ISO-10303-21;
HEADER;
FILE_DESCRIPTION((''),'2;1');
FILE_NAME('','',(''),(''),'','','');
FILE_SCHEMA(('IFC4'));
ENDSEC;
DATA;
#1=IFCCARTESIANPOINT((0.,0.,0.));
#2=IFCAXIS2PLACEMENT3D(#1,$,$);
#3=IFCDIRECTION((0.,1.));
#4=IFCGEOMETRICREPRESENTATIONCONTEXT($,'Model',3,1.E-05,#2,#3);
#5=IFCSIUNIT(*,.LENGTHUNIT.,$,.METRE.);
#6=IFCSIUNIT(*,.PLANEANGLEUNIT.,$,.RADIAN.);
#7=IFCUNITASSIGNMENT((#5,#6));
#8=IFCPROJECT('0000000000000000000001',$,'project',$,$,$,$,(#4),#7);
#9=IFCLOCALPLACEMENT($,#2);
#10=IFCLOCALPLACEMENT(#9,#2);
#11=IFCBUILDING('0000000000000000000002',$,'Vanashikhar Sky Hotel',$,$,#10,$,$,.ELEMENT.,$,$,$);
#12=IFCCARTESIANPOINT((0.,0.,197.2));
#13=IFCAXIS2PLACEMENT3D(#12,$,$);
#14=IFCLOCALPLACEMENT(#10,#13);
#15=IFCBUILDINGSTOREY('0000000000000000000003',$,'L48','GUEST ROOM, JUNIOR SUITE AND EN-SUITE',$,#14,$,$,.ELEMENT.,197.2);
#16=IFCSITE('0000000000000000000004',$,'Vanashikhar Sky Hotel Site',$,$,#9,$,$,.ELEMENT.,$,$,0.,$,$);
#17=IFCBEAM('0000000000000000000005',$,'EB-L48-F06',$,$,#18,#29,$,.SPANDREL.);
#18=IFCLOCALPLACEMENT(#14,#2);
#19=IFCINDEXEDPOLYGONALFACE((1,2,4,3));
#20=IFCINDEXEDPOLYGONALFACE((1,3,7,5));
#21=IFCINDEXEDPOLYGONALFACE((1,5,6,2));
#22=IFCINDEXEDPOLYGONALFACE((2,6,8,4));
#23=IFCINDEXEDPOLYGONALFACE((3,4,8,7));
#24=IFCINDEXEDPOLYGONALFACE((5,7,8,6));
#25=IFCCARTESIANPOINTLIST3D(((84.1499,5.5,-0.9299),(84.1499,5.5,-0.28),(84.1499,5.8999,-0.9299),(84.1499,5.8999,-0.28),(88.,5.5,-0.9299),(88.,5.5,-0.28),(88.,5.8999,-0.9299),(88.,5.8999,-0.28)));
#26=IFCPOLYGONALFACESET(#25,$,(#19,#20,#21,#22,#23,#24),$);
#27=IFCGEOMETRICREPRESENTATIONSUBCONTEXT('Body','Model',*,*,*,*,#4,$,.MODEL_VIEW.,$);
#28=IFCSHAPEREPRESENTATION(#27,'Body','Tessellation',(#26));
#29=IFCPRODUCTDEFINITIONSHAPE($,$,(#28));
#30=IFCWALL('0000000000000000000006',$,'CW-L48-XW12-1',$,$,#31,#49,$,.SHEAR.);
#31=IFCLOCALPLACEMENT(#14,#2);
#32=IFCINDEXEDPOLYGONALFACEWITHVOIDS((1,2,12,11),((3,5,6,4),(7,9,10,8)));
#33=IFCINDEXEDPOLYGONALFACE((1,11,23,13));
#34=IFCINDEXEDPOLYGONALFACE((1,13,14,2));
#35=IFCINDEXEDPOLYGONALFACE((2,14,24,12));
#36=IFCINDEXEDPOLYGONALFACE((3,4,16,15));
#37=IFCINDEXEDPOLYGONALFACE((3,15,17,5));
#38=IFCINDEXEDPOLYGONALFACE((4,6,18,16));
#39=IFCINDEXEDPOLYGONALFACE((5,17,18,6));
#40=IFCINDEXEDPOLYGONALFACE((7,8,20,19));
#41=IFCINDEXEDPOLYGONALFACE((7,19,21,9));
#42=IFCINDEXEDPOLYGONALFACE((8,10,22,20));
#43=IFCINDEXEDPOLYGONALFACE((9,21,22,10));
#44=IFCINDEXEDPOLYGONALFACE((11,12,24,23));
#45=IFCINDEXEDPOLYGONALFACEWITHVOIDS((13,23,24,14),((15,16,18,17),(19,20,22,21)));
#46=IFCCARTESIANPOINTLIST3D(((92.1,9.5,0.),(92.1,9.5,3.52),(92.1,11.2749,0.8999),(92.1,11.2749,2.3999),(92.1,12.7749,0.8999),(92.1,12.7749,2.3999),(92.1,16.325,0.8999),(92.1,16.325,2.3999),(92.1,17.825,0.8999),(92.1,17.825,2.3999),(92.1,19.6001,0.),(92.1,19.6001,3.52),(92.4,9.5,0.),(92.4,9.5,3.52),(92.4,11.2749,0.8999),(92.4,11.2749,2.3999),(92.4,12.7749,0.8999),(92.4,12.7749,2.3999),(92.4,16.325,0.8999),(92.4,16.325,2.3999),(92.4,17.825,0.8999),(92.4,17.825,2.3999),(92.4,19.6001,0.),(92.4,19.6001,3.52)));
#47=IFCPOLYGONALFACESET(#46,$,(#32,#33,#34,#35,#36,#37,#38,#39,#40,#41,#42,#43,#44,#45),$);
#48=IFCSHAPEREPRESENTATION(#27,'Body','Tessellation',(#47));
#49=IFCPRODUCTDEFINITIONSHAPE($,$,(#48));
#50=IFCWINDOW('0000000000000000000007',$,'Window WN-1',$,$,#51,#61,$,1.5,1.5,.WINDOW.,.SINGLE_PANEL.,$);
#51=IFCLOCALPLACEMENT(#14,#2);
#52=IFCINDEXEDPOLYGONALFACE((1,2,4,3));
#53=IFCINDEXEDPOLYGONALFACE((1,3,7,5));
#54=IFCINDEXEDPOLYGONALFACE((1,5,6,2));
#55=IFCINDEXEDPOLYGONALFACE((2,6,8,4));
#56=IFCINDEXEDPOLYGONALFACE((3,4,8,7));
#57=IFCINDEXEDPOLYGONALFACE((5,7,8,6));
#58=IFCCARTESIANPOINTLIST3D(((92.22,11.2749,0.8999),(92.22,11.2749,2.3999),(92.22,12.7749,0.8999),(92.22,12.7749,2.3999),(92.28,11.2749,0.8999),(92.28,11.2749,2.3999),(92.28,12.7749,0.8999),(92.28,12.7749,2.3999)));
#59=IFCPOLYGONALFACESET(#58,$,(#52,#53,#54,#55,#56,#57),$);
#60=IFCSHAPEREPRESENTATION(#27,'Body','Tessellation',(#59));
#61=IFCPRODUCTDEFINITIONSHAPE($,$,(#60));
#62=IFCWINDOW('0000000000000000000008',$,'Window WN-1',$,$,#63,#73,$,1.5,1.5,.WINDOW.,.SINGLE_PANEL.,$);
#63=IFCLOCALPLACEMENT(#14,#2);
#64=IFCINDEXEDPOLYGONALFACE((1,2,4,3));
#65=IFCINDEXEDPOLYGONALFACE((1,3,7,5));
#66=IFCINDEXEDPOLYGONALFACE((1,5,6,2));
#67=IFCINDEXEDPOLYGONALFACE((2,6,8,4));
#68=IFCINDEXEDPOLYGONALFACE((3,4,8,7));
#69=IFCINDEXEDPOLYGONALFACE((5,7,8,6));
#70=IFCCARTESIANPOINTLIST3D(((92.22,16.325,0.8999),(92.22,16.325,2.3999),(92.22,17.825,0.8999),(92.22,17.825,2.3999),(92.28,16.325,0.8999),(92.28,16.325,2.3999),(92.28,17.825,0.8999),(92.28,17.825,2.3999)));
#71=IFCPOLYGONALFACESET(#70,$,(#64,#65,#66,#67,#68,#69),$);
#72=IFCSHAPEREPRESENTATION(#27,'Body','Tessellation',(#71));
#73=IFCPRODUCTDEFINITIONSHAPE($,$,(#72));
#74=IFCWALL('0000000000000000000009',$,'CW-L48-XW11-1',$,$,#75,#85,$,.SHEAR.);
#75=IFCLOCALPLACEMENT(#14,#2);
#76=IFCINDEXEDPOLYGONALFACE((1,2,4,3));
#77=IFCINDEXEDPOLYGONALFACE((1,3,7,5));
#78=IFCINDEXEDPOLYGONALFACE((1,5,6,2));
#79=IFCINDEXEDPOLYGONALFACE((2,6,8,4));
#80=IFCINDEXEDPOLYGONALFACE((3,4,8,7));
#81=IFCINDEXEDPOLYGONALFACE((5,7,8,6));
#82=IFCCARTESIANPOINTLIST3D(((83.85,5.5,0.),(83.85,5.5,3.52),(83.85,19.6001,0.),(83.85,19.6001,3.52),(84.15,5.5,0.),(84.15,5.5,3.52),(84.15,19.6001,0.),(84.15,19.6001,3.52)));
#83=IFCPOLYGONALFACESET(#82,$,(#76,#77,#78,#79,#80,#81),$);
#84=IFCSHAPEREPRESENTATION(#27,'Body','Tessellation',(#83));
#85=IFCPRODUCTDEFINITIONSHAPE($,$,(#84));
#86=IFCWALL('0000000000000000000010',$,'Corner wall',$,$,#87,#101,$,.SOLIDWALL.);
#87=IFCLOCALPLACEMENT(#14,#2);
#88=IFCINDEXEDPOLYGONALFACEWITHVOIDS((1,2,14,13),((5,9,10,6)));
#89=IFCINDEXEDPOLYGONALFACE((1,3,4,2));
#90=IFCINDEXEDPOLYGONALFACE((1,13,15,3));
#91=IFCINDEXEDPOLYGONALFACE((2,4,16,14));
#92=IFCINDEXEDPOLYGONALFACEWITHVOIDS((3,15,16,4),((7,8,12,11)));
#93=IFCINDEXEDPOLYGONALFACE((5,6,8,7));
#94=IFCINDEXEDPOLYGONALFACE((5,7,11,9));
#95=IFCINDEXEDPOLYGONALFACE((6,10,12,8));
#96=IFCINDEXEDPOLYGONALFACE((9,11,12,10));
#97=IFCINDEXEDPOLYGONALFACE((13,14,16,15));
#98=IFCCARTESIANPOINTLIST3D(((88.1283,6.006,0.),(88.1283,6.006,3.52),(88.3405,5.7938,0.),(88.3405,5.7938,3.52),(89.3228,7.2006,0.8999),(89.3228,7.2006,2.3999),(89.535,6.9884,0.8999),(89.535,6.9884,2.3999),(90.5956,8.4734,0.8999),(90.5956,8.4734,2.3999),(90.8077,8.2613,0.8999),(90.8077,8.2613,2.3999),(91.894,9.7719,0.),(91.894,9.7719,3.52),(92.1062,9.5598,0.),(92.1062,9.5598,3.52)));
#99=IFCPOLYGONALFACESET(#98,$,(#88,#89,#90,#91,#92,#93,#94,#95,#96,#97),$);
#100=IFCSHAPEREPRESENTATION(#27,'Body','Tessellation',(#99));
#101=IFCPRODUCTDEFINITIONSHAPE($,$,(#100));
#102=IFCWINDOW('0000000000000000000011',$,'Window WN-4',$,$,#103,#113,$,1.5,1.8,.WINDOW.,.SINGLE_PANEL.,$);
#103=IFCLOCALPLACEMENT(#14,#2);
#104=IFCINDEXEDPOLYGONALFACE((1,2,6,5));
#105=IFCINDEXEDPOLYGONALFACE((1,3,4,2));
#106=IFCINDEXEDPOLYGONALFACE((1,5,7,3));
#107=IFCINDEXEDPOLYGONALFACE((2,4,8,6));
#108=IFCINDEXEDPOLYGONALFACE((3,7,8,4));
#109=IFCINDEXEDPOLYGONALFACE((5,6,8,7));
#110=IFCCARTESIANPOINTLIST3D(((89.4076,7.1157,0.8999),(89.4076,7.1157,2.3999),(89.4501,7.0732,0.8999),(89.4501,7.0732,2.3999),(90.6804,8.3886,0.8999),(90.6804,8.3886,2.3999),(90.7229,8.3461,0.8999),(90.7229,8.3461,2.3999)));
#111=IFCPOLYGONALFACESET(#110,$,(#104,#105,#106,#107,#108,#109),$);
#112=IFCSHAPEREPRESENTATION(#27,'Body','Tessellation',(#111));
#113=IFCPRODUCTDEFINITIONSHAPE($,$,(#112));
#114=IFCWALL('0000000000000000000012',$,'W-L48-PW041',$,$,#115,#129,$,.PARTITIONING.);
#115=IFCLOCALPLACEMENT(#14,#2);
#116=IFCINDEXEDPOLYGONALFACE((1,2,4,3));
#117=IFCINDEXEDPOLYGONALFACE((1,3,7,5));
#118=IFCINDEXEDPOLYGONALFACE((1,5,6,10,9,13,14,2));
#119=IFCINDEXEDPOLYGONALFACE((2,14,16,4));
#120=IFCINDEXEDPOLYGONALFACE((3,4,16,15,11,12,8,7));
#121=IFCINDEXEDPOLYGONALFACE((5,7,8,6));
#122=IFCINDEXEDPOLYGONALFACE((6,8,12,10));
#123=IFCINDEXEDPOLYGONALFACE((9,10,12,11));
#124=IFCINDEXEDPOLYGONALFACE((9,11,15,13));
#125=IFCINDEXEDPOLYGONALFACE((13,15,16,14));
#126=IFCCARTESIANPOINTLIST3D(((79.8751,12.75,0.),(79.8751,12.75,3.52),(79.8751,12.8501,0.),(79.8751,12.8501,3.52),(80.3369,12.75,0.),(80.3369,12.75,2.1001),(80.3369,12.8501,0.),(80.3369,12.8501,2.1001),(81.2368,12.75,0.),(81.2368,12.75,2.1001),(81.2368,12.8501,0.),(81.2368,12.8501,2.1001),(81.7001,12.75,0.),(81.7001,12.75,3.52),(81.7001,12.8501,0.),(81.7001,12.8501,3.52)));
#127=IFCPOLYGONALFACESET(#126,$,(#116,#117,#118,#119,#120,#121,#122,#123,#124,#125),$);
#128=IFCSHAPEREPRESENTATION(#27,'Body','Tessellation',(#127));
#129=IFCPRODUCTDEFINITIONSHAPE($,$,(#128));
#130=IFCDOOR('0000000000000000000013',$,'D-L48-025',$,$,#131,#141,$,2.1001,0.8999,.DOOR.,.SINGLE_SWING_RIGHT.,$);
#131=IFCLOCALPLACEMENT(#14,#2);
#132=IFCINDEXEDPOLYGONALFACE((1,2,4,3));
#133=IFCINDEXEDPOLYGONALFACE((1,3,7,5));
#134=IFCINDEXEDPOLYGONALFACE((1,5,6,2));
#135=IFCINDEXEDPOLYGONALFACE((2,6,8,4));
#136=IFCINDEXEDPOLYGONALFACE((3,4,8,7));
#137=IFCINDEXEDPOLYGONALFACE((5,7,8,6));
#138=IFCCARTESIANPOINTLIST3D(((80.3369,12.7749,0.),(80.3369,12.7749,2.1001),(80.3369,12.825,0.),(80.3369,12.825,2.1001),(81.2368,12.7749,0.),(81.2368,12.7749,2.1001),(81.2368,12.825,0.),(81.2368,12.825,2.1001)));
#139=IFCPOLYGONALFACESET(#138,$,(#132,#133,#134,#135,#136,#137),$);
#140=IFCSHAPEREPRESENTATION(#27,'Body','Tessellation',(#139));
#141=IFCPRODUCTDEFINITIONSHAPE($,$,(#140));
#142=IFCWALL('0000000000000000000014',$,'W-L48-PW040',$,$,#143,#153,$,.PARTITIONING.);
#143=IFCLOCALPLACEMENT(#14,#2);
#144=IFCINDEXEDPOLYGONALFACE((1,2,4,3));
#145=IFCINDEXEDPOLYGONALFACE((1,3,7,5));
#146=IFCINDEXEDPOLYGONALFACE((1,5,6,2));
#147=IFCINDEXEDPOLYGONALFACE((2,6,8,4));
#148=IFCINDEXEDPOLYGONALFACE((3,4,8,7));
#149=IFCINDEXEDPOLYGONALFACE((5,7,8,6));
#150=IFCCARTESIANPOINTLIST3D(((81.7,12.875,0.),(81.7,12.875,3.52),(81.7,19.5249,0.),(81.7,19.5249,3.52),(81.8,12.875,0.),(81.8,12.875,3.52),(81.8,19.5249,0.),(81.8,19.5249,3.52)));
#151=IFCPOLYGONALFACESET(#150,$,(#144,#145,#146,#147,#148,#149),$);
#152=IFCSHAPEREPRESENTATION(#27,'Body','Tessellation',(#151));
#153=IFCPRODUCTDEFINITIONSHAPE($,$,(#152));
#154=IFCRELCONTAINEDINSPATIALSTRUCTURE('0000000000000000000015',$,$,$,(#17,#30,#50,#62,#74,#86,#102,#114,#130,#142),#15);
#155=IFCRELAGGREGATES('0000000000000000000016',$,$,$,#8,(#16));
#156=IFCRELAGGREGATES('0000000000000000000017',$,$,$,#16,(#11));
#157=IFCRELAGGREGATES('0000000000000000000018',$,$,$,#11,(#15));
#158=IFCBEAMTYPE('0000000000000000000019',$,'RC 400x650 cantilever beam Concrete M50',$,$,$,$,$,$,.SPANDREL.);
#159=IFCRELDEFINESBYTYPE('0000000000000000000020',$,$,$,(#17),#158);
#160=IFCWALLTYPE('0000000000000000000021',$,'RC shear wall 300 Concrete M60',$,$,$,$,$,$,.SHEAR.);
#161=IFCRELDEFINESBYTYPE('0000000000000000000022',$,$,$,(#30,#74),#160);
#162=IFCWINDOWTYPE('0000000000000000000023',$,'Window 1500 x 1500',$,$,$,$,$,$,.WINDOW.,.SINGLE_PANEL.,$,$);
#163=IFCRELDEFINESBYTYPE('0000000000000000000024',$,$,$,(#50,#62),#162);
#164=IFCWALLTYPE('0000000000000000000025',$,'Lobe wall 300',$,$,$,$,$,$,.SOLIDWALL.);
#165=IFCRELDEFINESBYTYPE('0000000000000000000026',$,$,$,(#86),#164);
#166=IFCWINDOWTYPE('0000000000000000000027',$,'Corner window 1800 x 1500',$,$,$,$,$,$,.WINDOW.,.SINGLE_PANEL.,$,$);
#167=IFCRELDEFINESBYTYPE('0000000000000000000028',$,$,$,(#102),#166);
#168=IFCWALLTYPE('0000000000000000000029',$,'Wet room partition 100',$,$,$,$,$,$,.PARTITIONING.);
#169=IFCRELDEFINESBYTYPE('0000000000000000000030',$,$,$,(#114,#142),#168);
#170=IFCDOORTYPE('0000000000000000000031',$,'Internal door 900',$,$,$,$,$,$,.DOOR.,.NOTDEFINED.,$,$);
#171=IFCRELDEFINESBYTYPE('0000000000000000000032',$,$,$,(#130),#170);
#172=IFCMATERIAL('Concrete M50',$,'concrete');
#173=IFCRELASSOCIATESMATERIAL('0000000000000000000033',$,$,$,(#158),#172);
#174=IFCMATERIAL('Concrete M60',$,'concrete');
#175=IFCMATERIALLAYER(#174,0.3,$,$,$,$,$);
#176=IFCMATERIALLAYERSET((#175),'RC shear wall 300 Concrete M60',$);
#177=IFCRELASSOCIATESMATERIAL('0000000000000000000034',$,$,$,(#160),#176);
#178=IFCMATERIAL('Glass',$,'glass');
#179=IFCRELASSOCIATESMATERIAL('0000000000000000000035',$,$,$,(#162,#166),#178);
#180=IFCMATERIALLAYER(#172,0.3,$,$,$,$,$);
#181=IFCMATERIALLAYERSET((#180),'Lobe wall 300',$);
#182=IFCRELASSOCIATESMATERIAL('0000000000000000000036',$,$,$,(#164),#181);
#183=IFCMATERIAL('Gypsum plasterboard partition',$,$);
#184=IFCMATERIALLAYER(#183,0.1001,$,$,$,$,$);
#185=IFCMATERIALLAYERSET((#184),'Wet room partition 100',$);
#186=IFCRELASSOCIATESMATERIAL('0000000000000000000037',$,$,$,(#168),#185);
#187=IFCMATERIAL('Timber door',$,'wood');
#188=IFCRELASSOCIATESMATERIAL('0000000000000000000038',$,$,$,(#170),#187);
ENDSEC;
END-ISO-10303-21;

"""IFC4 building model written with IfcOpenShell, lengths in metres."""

from ifc_helpers import new_model, si_unit, direction, frame, frame_2d, origin, origin_2d, place, context, subcontext, project, spatial, rectangle, extrude, source, transform, mapped, material, layer, layer_set, material_profile, profile_set, type_object, element, fill, save


model = new_model("IFC4")

# Units and contexts
model_context = context("Model", 3, precision=1e-05, world=origin(), true_north=direction((0.0, 1.0)))
body_context = subcontext(model_context, "Body", "Model", "MODEL_VIEW")
ifc_project = project(units=[si_unit("LENGTHUNIT", "METRE"), si_unit("PLANEANGLEUNIT", "RADIAN")], contexts=[model_context])

# Site, building, storey
site_placement = place(None, origin())
site = spatial("IfcSite", under=ifc_project, at=site_placement, Name="Vanashikhar Sky Hotel Site", CompositionType="ELEMENT", RefElevation=0.0)
building_placement = place(site_placement, origin())
building = spatial("IfcBuilding", under=site, at=building_placement, Name="Vanashikhar Sky Hotel", CompositionType="ELEMENT")
storey_placement = place(building_placement, frame((0.0, 0.0, 197.2)))
storey = spatial("IfcBuildingStorey", under=building, at=storey_placement, Name="L48", Description="GUEST ROOM, JUNIOR SUITE AND EN-SUITE", CompositionType="ELEMENT", Elevation=197.2)

# Beam
ifc_material_1 = material(Name="Concrete M50", Category="concrete")
ifc_material_profile = material_profile(ifc_material_1, rectangle(XDim=0.3999, YDim=0.6499, at=origin_2d()))
ifc_profile_set = profile_set([ifc_material_profile], Name="RC 400x650 cantilever beam Concrete M50")
beam_type = type_object("IfcBeamType", Name="RC 400x650 cantilever beam Concrete M50", PredefinedType="SPANDREL", material=ifc_profile_set)
shared_shape_1 = source(origin(), body_context, "Body", "SweptSolid", [
    extrude(rectangle(XDim=0.3999, YDim=0.6499, at=origin_2d()), origin(), (0.0, 0.0, 1.0), 3.8501),
])
beam_placement = place(storey_placement, frame((84.1499, 5.7, -0.605), z_axis=(1.0, 0.0, 0.0), x_axis=(0.0, 1.0, 0.0)))
element("IfcBeam", 1, at=beam_placement, inside=storey, type_object=beam_type, Name="EB-L48-F06", PredefinedType="SPANDREL", context=body_context, shape_type="MappedRepresentation", body=[
    mapped(shared_shape_1, transform((0.0, 0.0, 0.0), scale=1.0)),
])

# Wall, openings, windows
ifc_material_2 = material(Name="Concrete M60", Category="concrete")
ifc_layer_1 = layer(ifc_material_2, 0.3)
ifc_layer_set_1 = layer_set([ifc_layer_1], Name="RC shear wall 300 Concrete M60")
wall_type_1 = type_object("IfcWallType", Name="RC shear wall 300 Concrete M60", PredefinedType="SHEAR", material=ifc_layer_set_1)
shared_shape_2 = source(origin(), body_context, "Body", "SweptSolid", [
    extrude(rectangle(XDim=10.1001, YDim=0.3, at=frame_2d((5.05, 0.0))), origin(), (0.0, 0.0, 1.0), 3.52),
])
wall_1_placement = place(storey_placement, frame((92.25, 9.5, 0.0), z_axis=(0.0, 0.0, 1.0), x_axis=(0.0, 1.0, 0.0)))
wall_1 = element("IfcWall", 2, at=wall_1_placement, inside=storey, type_object=wall_type_1, Name="CW-L48-XW12-1", PredefinedType="SHEAR", context=body_context, shape_type="MappedRepresentation", body=[
    mapped(shared_shape_2, transform((0.0, 0.0, 0.0), scale=1.0)),
])
shared_shape_3 = source(origin(), body_context, "Body", "SweptSolid", [
    extrude(rectangle(XDim=1.5, YDim=1.5, at=frame_2d((0.75, 0.75))), frame((0.0, 0.1602, 0.0), z_axis=(0.0, -1.0, 0.0), x_axis=(1.0, 0.0, 0.0)), (0.0, 0.0, 1.0), 0.3201),
])
opening_1_placement = place(wall_1_placement, frame((1.7749, 0.0, 0.8999)))
opening_1 = element("IfcOpeningElement", 3, at=opening_1_placement, cuts=wall_1, PredefinedType="OPENING", context=body_context, shape_type="MappedRepresentation", body=[
    mapped(shared_shape_3, transform((0.0, 0.0, 0.0), scale=1.0)),
])
opening_2_placement = place(wall_1_placement, frame((6.825, 0.0, 0.8999)))
opening_2 = element("IfcOpeningElement", 4, at=opening_2_placement, cuts=wall_1, PredefinedType="OPENING", context=body_context, shape_type="MappedRepresentation", body=[
    mapped(shared_shape_3, transform((0.0, 0.0, 0.0), scale=1.0)),
])
ifc_material_3 = material(Name="Glass", Category="glass")
window_type_1 = type_object("IfcWindowType", Name="Window 1500 x 1500", PartitioningType="SINGLE_PANEL", PredefinedType="WINDOW", material=ifc_material_3)
shared_shape_4 = source(origin(), body_context, "Body", "SweptSolid", [
    extrude(rectangle(XDim=1.5, YDim=1.5, at=frame_2d((0.75, 0.75))), frame((0.0, 0.03, 0.0), z_axis=(0.0, -1.0, 0.0), x_axis=(1.0, 0.0, 0.0)), (0.0, 0.0, 1.0), 0.0601),
])
window_1_placement = place(opening_1_placement, origin())
window_1 = element("IfcWindow", 5, at=window_1_placement, inside=storey, type_object=window_type_1, Name="Window WN-1", OverallHeight=1.5, OverallWidth=1.5, PartitioningType="SINGLE_PANEL", PredefinedType="WINDOW", context=body_context, shape_type="MappedRepresentation", body=[
    mapped(shared_shape_4, transform((0.0, 0.0, 0.0), scale=1.0)),
])
fill(opening_1, window_1)
window_2_placement = place(opening_2_placement, origin())
window_2 = element("IfcWindow", 6, at=window_2_placement, inside=storey, type_object=window_type_1, Name="Window WN-1", OverallHeight=1.5, OverallWidth=1.5, PartitioningType="SINGLE_PANEL", PredefinedType="WINDOW", context=body_context, shape_type="MappedRepresentation", body=[
    mapped(shared_shape_4, transform((0.0, 0.0, 0.0), scale=1.0)),
])
fill(opening_2, window_2)

# Wall
shared_shape_5 = source(origin(), body_context, "Body", "SweptSolid", [
    extrude(rectangle(XDim=14.1001, YDim=0.3, at=frame_2d((7.05, 0.0))), origin(), (0.0, 0.0, 1.0), 3.52),
])
wall_2_placement = place(storey_placement, frame((84.0, 5.5, 0.0), z_axis=(0.0, 0.0, 1.0), x_axis=(0.0, 1.0, 0.0)))
element("IfcWall", 7, at=wall_2_placement, inside=storey, type_object=wall_type_1, Name="CW-L48-XW11-1", PredefinedType="SHEAR", context=body_context, shape_type="MappedRepresentation", body=[
    mapped(shared_shape_5, transform((0.0, 0.0, 0.0), scale=1.0)),
])

# Wall, opening, window
ifc_layer_2 = layer(ifc_material_1, 0.3)
ifc_layer_set_2 = layer_set([ifc_layer_2], Name="Lobe wall 300")
wall_type_2 = type_object("IfcWallType", Name="Lobe wall 300", PredefinedType="SOLIDWALL", material=ifc_layer_set_2)
shared_shape_6 = source(origin(), body_context, "Body", "SweptSolid", [
    extrude(rectangle(XDim=5.3257, YDim=0.3, at=frame_2d((2.6628, 0.0))), origin(), (0.0, 0.0, 1.0), 3.52),
])
wall_3_placement = place(storey_placement, frame((88.2344, 5.8999, 0.0), z_axis=(0.0, 0.0, 1.0), x_axis=(0.707084, 0.70713, 0.0)))
wall_3 = element("IfcWall", 8, at=wall_3_placement, inside=storey, type_object=wall_type_2, Name="Corner wall", PredefinedType="SOLIDWALL", context=body_context, shape_type="MappedRepresentation", body=[
    mapped(shared_shape_6, transform((0.0, 0.0, 0.0), scale=1.0)),
])
shared_shape_7 = source(origin(), body_context, "Body", "SweptSolid", [
    extrude(rectangle(XDim=1.8, YDim=1.5, at=frame_2d((0.8999, 0.75))), frame((0.0, 0.1602, 0.0), z_axis=(0.0, -1.0, 0.0), x_axis=(1.0, 0.0, 0.0)), (0.0, 0.0, 1.0), 0.3201),
])
opening_3_placement = place(wall_3_placement, frame((1.6895, 0.0, 0.8999)))
opening_3 = element("IfcOpeningElement", 9, at=opening_3_placement, cuts=wall_3, PredefinedType="OPENING", context=body_context, shape_type="MappedRepresentation", body=[
    mapped(shared_shape_7, transform((0.0, 0.0, 0.0), scale=1.0)),
])
window_type_2 = type_object("IfcWindowType", Name="Corner window 1800 x 1500", PartitioningType="SINGLE_PANEL", PredefinedType="WINDOW", material=ifc_material_3)
shared_shape_8 = source(origin(), body_context, "Body", "SweptSolid", [
    extrude(rectangle(XDim=1.8, YDim=1.5, at=frame_2d((0.8999, 0.75))), frame((0.0, 0.03, 0.0), z_axis=(0.0, -1.0, 0.0), x_axis=(1.0, 0.0, 0.0)), (0.0, 0.0, 1.0), 0.0601),
])
window_3_placement = place(opening_3_placement, origin())
window_3 = element("IfcWindow", 10, at=window_3_placement, inside=storey, type_object=window_type_2, Name="Window WN-4", OverallHeight=1.5, OverallWidth=1.8, PartitioningType="SINGLE_PANEL", PredefinedType="WINDOW", context=body_context, shape_type="MappedRepresentation", body=[
    mapped(shared_shape_8, transform((0.0, 0.0, 0.0), scale=1.0)),
])
fill(opening_3, window_3)

# Wall, opening, door
ifc_material_4 = material(Name="Gypsum plasterboard partition")
ifc_layer_3 = layer(ifc_material_4, 0.1001)
ifc_layer_set_3 = layer_set([ifc_layer_3], Name="Wet room partition 100")
wall_type_3 = type_object("IfcWallType", Name="Wet room partition 100", PredefinedType="PARTITIONING", material=ifc_layer_set_3)
shared_shape_9 = source(origin(), body_context, "Body", "SweptSolid", [
    extrude(rectangle(XDim=1.825, YDim=0.1001, at=frame_2d((0.9126, 0.0))), origin(), (0.0, 0.0, 1.0), 3.52),
])
wall_4_placement = place(storey_placement, frame((79.875, 12.8, 0.0), z_axis=(0.0, 0.0, 1.0), x_axis=(1.0, 0.0, 0.0)))
wall_4 = element("IfcWall", 11, at=wall_4_placement, inside=storey, type_object=wall_type_3, Name="W-L48-PW041", PredefinedType="PARTITIONING", context=body_context, shape_type="MappedRepresentation", body=[
    mapped(shared_shape_9, transform((0.0, 0.0, 0.0), scale=1.0)),
])
shared_shape_10 = source(origin(), body_context, "Body", "SweptSolid", [
    extrude(rectangle(XDim=0.8999, YDim=2.1001, at=frame_2d((0.45, 1.05))), frame((0.0, 0.0601, 0.0), z_axis=(0.0, -1.0, 0.0), x_axis=(1.0, 0.0, 0.0)), (0.0, 0.0, 1.0), 0.1201),
])
opening_4_placement = place(wall_4_placement, frame((0.4619, 0.0, 0.0)))
opening_4 = element("IfcOpeningElement", 12, at=opening_4_placement, cuts=wall_4, PredefinedType="OPENING", context=body_context, shape_type="MappedRepresentation", body=[
    mapped(shared_shape_10, transform((0.0, 0.0, 0.0), scale=1.0)),
])
ifc_material_5 = material(Name="Timber door", Category="wood")
door_type_1 = type_object("IfcDoorType", Name="Internal door 900", OperationType="NOTDEFINED", PredefinedType="DOOR", material=ifc_material_5)
shared_shape_11 = source(origin(), body_context, "Body", "SweptSolid", [
    extrude(rectangle(XDim=0.8999, YDim=2.1001, at=frame_2d((0.45, 1.05))), frame((0.0, 0.0249, 0.0), z_axis=(0.0, -1.0, 0.0), x_axis=(1.0, 0.0, 0.0)), (0.0, 0.0, 1.0), 0.05),
])
door_1_placement = place(opening_4_placement, origin())
door_1 = element("IfcDoor", 13, at=door_1_placement, inside=storey, type_object=door_type_1, Name="D-L48-025", OperationType="SINGLE_SWING_RIGHT", OverallHeight=2.1001, OverallWidth=0.8999, PredefinedType="DOOR", context=body_context, shape_type="MappedRepresentation", body=[
    mapped(shared_shape_11, transform((0.0, 0.0, 0.0), scale=1.0)),
])
fill(opening_4, door_1)

# Wall
shared_shape_12 = source(origin(), body_context, "Body", "SweptSolid", [
    extrude(rectangle(XDim=6.6499, YDim=0.1001, at=frame_2d((3.325, 0.0))), origin(), (0.0, 0.0, 1.0), 3.52),
])
for number, where, z_axis, x_axis, name in (
    (14, (81.75, 12.875, 0.0), (0.0, 0.0, 1.0), (0.0, 1.0, 0.0), "W-L48-PW040"),
):
    element("IfcWall", number, at=place(storey_placement, frame(where, z_axis=z_axis, x_axis=x_axis)), inside=storey, type_object=wall_type_3, Name=name, PredefinedType="PARTITIONING", context=body_context, shape_type="MappedRepresentation", body=[
        mapped(shared_shape_12, transform((0.0, 0.0, 0.0), scale=1.0)),
    ])

save(model, "model.ifc")
